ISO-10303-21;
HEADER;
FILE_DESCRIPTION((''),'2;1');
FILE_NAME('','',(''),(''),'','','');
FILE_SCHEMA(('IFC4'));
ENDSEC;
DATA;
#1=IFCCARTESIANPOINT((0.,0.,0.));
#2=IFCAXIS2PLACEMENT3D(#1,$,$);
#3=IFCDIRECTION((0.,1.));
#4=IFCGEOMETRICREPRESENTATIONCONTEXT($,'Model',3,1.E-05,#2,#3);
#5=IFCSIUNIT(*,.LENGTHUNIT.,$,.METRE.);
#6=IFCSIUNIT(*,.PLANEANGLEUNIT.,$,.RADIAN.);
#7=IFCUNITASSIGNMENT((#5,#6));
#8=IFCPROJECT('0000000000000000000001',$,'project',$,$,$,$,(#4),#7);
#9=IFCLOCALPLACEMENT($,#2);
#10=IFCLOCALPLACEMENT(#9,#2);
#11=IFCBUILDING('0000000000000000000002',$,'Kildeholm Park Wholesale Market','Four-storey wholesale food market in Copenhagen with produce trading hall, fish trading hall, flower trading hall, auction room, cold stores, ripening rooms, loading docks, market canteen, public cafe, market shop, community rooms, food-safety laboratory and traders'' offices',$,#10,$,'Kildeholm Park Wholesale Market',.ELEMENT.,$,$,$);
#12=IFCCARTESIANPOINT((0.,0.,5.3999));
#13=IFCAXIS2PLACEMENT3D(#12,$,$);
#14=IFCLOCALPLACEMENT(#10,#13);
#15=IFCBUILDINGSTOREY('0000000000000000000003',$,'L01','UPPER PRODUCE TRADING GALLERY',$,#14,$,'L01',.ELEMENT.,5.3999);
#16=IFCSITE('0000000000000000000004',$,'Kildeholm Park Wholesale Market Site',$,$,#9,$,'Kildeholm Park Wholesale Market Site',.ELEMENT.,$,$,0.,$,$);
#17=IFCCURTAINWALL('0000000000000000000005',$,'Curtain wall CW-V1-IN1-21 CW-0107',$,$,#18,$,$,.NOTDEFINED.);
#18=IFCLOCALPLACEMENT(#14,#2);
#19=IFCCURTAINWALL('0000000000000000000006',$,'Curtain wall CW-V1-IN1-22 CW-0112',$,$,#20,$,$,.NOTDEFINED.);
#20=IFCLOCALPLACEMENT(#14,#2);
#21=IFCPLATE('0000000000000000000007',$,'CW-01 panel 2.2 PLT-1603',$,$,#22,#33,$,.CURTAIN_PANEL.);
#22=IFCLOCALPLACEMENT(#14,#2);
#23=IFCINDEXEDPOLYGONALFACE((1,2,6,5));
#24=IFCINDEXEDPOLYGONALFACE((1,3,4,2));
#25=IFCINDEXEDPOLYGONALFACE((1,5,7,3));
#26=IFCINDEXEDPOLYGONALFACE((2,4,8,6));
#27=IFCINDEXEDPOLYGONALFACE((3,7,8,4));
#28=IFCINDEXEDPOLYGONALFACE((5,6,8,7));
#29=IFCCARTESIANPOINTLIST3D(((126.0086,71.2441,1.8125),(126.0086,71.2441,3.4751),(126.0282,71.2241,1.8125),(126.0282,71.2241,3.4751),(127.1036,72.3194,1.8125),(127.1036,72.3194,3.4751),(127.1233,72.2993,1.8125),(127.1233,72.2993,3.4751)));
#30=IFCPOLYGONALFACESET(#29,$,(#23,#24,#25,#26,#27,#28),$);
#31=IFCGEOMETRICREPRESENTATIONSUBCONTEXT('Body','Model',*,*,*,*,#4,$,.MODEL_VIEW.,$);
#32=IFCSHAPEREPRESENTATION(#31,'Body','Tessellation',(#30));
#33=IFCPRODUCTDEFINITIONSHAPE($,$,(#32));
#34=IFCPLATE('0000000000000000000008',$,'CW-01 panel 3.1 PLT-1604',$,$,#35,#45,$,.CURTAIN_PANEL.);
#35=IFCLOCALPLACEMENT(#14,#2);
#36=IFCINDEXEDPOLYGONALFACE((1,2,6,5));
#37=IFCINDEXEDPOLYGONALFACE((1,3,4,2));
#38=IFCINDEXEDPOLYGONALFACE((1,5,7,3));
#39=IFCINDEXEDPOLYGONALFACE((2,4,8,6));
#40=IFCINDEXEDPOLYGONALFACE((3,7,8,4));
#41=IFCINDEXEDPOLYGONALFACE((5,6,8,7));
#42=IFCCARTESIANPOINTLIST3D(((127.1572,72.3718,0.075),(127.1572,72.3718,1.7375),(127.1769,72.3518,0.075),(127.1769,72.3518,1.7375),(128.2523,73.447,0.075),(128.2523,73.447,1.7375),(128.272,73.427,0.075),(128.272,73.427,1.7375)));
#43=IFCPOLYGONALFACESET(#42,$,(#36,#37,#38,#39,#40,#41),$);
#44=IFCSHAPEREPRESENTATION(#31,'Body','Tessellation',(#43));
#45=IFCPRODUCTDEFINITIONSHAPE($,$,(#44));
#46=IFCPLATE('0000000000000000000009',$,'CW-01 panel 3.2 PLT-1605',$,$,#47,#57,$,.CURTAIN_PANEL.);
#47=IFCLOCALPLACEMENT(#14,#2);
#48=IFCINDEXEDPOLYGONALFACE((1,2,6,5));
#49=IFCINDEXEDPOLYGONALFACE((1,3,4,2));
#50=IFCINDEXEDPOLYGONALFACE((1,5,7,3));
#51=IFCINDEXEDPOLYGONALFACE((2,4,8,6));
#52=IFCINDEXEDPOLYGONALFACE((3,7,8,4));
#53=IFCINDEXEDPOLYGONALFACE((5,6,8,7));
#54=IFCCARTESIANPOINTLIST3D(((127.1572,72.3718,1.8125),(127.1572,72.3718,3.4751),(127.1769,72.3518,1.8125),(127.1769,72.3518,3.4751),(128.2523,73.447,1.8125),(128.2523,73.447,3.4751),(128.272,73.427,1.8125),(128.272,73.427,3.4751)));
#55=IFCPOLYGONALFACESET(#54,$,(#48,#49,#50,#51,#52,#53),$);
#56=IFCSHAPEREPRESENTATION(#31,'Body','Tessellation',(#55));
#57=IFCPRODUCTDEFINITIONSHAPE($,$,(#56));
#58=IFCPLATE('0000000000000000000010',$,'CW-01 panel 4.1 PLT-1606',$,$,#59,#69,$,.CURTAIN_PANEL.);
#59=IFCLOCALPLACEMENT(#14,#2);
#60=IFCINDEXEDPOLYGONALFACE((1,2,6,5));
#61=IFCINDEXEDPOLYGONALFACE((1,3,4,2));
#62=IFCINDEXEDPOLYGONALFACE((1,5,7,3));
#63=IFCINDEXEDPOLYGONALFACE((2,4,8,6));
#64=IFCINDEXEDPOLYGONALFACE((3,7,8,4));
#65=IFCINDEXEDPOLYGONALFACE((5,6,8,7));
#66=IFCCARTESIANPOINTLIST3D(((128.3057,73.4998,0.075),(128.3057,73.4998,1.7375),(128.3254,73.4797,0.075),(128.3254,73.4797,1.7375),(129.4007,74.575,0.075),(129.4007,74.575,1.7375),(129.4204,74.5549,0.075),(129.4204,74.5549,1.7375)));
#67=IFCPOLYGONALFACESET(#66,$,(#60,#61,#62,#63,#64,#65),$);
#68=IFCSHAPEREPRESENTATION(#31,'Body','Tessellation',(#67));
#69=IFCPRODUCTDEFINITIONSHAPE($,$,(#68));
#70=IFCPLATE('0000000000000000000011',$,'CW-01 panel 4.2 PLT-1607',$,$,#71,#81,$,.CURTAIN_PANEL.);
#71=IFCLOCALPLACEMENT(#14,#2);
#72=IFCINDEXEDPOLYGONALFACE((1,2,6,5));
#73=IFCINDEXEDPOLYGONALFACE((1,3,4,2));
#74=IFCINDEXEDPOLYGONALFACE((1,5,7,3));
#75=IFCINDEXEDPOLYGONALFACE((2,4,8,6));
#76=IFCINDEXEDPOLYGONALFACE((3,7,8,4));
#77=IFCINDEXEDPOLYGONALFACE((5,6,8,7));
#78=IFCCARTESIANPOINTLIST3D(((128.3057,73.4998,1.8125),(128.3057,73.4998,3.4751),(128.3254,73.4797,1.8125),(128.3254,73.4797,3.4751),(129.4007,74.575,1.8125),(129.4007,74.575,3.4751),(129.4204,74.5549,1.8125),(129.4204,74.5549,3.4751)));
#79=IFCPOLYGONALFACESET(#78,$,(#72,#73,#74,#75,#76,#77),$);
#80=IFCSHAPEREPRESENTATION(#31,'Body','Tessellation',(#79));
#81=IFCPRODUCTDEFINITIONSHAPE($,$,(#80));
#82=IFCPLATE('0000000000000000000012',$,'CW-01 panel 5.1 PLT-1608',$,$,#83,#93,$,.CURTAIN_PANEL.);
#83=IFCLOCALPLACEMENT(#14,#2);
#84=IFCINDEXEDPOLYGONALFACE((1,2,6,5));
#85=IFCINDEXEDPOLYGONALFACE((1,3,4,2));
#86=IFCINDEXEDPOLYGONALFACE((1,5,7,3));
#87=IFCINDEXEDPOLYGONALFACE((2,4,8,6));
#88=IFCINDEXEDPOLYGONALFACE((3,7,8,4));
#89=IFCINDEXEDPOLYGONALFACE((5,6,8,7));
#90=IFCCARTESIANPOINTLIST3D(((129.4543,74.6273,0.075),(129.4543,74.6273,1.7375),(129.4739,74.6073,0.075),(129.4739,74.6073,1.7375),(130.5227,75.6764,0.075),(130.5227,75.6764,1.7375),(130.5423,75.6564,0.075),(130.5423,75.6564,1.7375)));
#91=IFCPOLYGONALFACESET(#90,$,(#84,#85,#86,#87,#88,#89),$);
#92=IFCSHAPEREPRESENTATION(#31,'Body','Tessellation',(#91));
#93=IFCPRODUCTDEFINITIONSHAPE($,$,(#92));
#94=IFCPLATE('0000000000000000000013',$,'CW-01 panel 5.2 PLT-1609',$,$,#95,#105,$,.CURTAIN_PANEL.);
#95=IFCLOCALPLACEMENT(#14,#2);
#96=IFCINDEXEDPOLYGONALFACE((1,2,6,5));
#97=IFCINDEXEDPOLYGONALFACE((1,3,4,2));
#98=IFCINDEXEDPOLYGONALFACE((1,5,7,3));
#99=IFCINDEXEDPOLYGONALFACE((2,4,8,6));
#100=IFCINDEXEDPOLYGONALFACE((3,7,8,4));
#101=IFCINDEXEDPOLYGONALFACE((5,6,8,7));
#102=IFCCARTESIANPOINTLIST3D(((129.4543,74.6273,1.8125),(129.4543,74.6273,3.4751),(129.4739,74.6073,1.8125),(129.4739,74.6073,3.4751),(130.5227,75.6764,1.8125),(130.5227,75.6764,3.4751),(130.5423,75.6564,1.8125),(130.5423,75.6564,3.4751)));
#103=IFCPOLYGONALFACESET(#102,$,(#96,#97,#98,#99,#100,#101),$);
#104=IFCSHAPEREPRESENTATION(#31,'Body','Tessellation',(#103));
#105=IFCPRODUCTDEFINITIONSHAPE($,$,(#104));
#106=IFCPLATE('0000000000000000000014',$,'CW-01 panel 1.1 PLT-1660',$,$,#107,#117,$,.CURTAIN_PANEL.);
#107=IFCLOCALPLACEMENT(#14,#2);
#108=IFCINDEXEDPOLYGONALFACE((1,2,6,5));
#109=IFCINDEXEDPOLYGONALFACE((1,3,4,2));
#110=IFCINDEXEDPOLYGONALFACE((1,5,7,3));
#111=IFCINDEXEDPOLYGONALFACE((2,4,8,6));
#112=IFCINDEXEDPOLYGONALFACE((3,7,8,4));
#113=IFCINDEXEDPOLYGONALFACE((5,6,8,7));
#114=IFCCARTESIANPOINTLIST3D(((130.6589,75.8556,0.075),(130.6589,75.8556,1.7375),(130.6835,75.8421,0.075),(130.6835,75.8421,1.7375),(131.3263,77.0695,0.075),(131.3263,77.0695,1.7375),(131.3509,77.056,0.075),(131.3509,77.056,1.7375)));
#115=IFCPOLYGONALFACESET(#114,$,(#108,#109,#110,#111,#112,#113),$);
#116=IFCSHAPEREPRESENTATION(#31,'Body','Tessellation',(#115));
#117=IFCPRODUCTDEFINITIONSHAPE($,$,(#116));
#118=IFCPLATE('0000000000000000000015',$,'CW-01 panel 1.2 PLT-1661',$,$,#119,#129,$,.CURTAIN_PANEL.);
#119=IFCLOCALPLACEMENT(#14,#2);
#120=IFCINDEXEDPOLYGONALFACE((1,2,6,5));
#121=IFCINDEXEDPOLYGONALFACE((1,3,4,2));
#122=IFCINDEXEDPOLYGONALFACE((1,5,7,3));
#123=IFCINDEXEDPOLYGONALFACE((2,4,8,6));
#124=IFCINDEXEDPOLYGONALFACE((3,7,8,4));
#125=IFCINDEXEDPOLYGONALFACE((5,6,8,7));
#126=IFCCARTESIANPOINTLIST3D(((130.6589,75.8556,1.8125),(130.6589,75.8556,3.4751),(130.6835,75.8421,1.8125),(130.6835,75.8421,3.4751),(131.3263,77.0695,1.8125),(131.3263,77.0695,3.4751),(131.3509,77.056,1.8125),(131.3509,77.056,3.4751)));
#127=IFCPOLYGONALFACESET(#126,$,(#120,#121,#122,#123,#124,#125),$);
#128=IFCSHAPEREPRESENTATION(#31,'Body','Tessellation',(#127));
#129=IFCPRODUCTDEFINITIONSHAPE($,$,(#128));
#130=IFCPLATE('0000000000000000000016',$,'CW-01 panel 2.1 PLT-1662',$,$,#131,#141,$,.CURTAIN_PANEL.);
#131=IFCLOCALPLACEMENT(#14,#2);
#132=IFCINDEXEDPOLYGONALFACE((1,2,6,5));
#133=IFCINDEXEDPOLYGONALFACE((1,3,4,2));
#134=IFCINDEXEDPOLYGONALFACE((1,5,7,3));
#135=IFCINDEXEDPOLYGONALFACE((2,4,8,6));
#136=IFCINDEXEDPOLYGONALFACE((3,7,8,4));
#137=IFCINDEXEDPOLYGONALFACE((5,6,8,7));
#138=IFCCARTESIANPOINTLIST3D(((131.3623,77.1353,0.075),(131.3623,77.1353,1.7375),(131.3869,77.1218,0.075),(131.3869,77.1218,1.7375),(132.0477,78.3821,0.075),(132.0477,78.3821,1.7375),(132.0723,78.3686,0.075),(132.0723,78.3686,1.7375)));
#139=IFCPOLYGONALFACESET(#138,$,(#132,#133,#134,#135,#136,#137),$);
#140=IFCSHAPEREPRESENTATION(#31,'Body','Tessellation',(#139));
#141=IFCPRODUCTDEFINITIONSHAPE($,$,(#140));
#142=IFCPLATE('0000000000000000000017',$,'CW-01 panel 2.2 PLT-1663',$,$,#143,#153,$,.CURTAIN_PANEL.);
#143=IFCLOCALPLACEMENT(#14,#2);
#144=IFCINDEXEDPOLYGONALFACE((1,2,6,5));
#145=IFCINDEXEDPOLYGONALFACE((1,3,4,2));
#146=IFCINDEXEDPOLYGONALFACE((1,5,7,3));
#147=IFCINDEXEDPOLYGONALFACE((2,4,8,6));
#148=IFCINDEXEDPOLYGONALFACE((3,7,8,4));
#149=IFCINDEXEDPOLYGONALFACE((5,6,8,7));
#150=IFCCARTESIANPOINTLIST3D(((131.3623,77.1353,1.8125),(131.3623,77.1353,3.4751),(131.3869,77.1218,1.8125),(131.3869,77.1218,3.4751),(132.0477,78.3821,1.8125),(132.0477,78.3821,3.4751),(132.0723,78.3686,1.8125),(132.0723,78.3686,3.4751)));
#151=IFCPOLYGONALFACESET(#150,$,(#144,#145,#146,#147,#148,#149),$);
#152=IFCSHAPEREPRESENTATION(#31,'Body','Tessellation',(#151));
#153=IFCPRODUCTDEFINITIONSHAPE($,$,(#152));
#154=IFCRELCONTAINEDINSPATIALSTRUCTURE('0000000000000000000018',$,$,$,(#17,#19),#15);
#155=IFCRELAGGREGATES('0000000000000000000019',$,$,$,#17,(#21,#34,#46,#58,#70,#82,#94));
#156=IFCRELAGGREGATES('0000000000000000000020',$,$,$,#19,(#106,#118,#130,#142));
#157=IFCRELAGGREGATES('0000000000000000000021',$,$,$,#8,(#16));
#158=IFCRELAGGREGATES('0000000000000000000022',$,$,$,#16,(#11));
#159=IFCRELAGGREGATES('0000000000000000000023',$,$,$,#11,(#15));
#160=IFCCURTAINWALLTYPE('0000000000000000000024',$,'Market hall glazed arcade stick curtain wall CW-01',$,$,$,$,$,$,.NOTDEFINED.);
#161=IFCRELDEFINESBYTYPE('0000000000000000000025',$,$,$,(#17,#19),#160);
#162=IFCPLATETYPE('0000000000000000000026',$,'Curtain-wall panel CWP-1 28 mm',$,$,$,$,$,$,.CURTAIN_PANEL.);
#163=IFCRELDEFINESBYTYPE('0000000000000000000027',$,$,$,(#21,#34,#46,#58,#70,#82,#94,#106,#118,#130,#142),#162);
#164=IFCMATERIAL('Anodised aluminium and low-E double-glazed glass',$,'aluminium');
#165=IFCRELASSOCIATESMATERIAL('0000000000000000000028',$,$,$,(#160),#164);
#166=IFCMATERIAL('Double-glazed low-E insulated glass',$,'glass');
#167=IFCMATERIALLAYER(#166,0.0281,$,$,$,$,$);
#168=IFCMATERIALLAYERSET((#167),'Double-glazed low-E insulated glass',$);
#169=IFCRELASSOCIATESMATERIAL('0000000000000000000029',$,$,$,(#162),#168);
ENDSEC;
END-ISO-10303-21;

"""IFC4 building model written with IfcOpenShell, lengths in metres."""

from ifc_helpers import new_model, si_unit, direction, frame, origin, origin_2d, place, context, subcontext, project, spatial, rectangle, extrude, material, layer, layer_set, type_object, element, aggregate, save


model = new_model("IFC4")

# Units and contexts
model_context = context("Model", 3, precision=1e-05, world=origin(), true_north=direction((0.0, 1.0)))
body_context = subcontext(model_context, "Body", "Model", "MODEL_VIEW")
ifc_project = project(units=[si_unit("LENGTHUNIT", "METRE"), si_unit("PLANEANGLEUNIT", "RADIAN")], contexts=[model_context])

# Site, building, storey
site_placement = place(None, origin())
site = spatial("IfcSite", under=ifc_project, at=site_placement, Name="Kildeholm Park Wholesale Market Site", LongName="Kildeholm Park Wholesale Market Site", CompositionType="ELEMENT", RefElevation=0.0)
building_placement = place(site_placement, origin())
building = spatial("IfcBuilding", under=site, at=building_placement, Name="Kildeholm Park Wholesale Market", Description="Four-storey wholesale food market in Copenhagen with produce trading hall, fish trading hall, flower trading hall, auction room, cold stores, ripening rooms, loading docks, market canteen, public cafe, market shop, community rooms, food-safety laboratory and traders' offices", LongName="Kildeholm Park Wholesale Market", CompositionType="ELEMENT")
storey_placement = place(building_placement, frame((0.0, 0.0, 5.3999)))
storey = spatial("IfcBuildingStorey", under=building, at=storey_placement, Name="L01", Description="UPPER PRODUCE TRADING GALLERY", LongName="L01", CompositionType="ELEMENT", Elevation=5.3999)

# Curtain walls
ifc_material_1 = material(Name="Anodised aluminium and low-E double-glazed glass", Category="aluminium")
curtain_wall_type = type_object("IfcCurtainWallType", Name="Market hall glazed arcade stick curtain wall CW-01", PredefinedType="NOTDEFINED", material=ifc_material_1)
curtain_wall_1_placement = place(storey_placement, origin())
curtain_wall_1 = element("IfcCurtainWall", 1, at=curtain_wall_1_placement, inside=storey, type_object=curtain_wall_type, Name="Curtain wall CW-V1-IN1-21 CW-0107", PredefinedType="NOTDEFINED")
curtain_wall_2_placement = place(storey_placement, origin())
curtain_wall_2 = element("IfcCurtainWall", 2, at=curtain_wall_2_placement, inside=storey, type_object=curtain_wall_type, Name="Curtain wall CW-V1-IN1-22 CW-0112", PredefinedType="NOTDEFINED")

# Plates
ifc_material_2 = material(Name="Double-glazed low-E insulated glass", Category="glass")
ifc_layer = layer(ifc_material_2, 0.0281)
ifc_layer_set = layer_set([ifc_layer], Name="Double-glazed low-E insulated glass")
plate_type = type_object("IfcPlateType", Name="Curtain-wall panel CWP-1 28 mm", PredefinedType="CURTAIN_PANEL", material=ifc_layer_set)
plate_1_placement = place(storey_placement, frame((126.5659, 71.7717, 1.8125), z_axis=(0.0, 0.0, 1.0), x_axis=(0.713538, 0.700617, 0.0)))
plate_1 = element("IfcPlate", 3, at=plate_1_placement, type_object=plate_type, Name="CW-01 panel 2.2 PLT-1603", PredefinedType="CURTAIN_PANEL", context=body_context, shape_type="SweptSolid", body=[
    extrude(rectangle(XDim=1.5347, YDim=0.0281, at=origin_2d()), origin(), (0.0, 0.0, 1.0), 1.6626),
])
plate_2_placement = place(storey_placement, frame((127.7146, 72.8994, 0.075), z_axis=(0.0, 0.0, 1.0), x_axis=(0.713538, 0.700617, 0.0)))
plate_2 = element("IfcPlate", 4, at=plate_2_placement, type_object=plate_type, Name="CW-01 panel 3.1 PLT-1604", PredefinedType="CURTAIN_PANEL", context=body_context, shape_type="SweptSolid", body=[
    extrude(rectangle(XDim=1.5347, YDim=0.0281, at=origin_2d()), origin(), (0.0, 0.0, 1.0), 1.6626),
])
plate_3_placement = place(storey_placement, frame((127.7146, 72.8994, 1.8125), z_axis=(0.0, 0.0, 1.0), x_axis=(0.713538, 0.700617, 0.0)))
plate_3 = element("IfcPlate", 5, at=plate_3_placement, type_object=plate_type, Name="CW-01 panel 3.2 PLT-1605", PredefinedType="CURTAIN_PANEL", context=body_context, shape_type="SweptSolid", body=[
    extrude(rectangle(XDim=1.5347, YDim=0.0281, at=origin_2d()), origin(), (0.0, 0.0, 1.0), 1.6626),
])
plate_4_placement = place(storey_placement, frame((128.863, 74.0273, 0.075), z_axis=(0.0, 0.0, 1.0), x_axis=(0.713538, 0.700617, 0.0)))
plate_4 = element("IfcPlate", 6, at=plate_4_placement, type_object=plate_type, Name="CW-01 panel 4.1 PLT-1606", PredefinedType="CURTAIN_PANEL", context=body_context, shape_type="SweptSolid", body=[
    extrude(rectangle(XDim=1.5347, YDim=0.0281, at=origin_2d()), origin(), (0.0, 0.0, 1.0), 1.6626),
])
plate_5_placement = place(storey_placement, frame((128.863, 74.0273, 1.8125), z_axis=(0.0, 0.0, 1.0), x_axis=(0.713538, 0.700617, 0.0)))
plate_5 = element("IfcPlate", 7, at=plate_5_placement, type_object=plate_type, Name="CW-01 panel 4.2 PLT-1607", PredefinedType="CURTAIN_PANEL", context=body_context, shape_type="SweptSolid", body=[
    extrude(rectangle(XDim=1.5347, YDim=0.0281, at=origin_2d()), origin(), (0.0, 0.0, 1.0), 1.6626),
])
plate_6_placement = place(storey_placement, frame((129.9983, 75.1418, 0.075), z_axis=(0.0, 0.0, 1.0), x_axis=(0.713538, 0.700617, 0.0)))
plate_6 = element("IfcPlate", 8, at=plate_6_placement, type_object=plate_type, Name="CW-01 panel 5.1 PLT-1608", PredefinedType="CURTAIN_PANEL", context=body_context, shape_type="SweptSolid", body=[
    extrude(rectangle(XDim=1.4973, YDim=0.0281, at=origin_2d()), origin(), (0.0, 0.0, 1.0), 1.6626),
])
plate_7_placement = place(storey_placement, frame((129.9983, 75.1418, 1.8125), z_axis=(0.0, 0.0, 1.0), x_axis=(0.713538, 0.700617, 0.0)))
plate_7 = element("IfcPlate", 9, at=plate_7_placement, type_object=plate_type, Name="CW-01 panel 5.2 PLT-1609", PredefinedType="CURTAIN_PANEL", context=body_context, shape_type="SweptSolid", body=[
    extrude(rectangle(XDim=1.4973, YDim=0.0281, at=origin_2d()), origin(), (0.0, 0.0, 1.0), 1.6626),
])
aggregate(curtain_wall_1, [plate_1, plate_2, plate_3, plate_4, plate_5, plate_6, plate_7])
plate_8_placement = place(storey_placement, frame((131.0049, 76.4558, 0.075), z_axis=(0.0, 0.0, 1.0), x_axis=(0.48175, 0.876309, 0.0)))
plate_8 = element("IfcPlate", 10, at=plate_8_placement, type_object=plate_type, Name="CW-01 panel 1.1 PLT-1660", PredefinedType="CURTAIN_PANEL", context=body_context, shape_type="SweptSolid", body=[
    extrude(rectangle(XDim=1.3853, YDim=0.0281, at=origin_2d()), origin(), (0.0, 0.0, 1.0), 1.6626),
])
plate_9_placement = place(storey_placement, frame((131.0049, 76.4558, 1.8125), z_axis=(0.0, 0.0, 1.0), x_axis=(0.48175, 0.876309, 0.0)))
plate_9 = element("IfcPlate", 11, at=plate_9_placement, type_object=plate_type, Name="CW-01 panel 1.2 PLT-1661", PredefinedType="CURTAIN_PANEL", context=body_context, shape_type="SweptSolid", body=[
    extrude(rectangle(XDim=1.3853, YDim=0.0281, at=origin_2d()), origin(), (0.0, 0.0, 1.0), 1.6626),
])
plate_10_placement = place(storey_placement, frame((131.7173, 77.752, 0.075), z_axis=(0.0, 0.0, 1.0), x_axis=(0.48175, 0.876309, 0.0)))
plate_10 = element("IfcPlate", 12, at=plate_10_placement, type_object=plate_type, Name="CW-01 panel 2.1 PLT-1662", PredefinedType="CURTAIN_PANEL", context=body_context, shape_type="SweptSolid", body=[
    extrude(rectangle(XDim=1.4229, YDim=0.0281, at=origin_2d()), origin(), (0.0, 0.0, 1.0), 1.6626),
])
plate_11_placement = place(storey_placement, frame((131.7173, 77.752, 1.8125), z_axis=(0.0, 0.0, 1.0), x_axis=(0.48175, 0.876309, 0.0)))
plate_11 = element("IfcPlate", 13, at=plate_11_placement, type_object=plate_type, Name="CW-01 panel 2.2 PLT-1663", PredefinedType="CURTAIN_PANEL", context=body_context, shape_type="SweptSolid", body=[
    extrude(rectangle(XDim=1.4229, YDim=0.0281, at=origin_2d()), origin(), (0.0, 0.0, 1.0), 1.6626),
])
aggregate(curtain_wall_2, [plate_8, plate_9, plate_10, plate_11])

save(model, "model.ifc")
